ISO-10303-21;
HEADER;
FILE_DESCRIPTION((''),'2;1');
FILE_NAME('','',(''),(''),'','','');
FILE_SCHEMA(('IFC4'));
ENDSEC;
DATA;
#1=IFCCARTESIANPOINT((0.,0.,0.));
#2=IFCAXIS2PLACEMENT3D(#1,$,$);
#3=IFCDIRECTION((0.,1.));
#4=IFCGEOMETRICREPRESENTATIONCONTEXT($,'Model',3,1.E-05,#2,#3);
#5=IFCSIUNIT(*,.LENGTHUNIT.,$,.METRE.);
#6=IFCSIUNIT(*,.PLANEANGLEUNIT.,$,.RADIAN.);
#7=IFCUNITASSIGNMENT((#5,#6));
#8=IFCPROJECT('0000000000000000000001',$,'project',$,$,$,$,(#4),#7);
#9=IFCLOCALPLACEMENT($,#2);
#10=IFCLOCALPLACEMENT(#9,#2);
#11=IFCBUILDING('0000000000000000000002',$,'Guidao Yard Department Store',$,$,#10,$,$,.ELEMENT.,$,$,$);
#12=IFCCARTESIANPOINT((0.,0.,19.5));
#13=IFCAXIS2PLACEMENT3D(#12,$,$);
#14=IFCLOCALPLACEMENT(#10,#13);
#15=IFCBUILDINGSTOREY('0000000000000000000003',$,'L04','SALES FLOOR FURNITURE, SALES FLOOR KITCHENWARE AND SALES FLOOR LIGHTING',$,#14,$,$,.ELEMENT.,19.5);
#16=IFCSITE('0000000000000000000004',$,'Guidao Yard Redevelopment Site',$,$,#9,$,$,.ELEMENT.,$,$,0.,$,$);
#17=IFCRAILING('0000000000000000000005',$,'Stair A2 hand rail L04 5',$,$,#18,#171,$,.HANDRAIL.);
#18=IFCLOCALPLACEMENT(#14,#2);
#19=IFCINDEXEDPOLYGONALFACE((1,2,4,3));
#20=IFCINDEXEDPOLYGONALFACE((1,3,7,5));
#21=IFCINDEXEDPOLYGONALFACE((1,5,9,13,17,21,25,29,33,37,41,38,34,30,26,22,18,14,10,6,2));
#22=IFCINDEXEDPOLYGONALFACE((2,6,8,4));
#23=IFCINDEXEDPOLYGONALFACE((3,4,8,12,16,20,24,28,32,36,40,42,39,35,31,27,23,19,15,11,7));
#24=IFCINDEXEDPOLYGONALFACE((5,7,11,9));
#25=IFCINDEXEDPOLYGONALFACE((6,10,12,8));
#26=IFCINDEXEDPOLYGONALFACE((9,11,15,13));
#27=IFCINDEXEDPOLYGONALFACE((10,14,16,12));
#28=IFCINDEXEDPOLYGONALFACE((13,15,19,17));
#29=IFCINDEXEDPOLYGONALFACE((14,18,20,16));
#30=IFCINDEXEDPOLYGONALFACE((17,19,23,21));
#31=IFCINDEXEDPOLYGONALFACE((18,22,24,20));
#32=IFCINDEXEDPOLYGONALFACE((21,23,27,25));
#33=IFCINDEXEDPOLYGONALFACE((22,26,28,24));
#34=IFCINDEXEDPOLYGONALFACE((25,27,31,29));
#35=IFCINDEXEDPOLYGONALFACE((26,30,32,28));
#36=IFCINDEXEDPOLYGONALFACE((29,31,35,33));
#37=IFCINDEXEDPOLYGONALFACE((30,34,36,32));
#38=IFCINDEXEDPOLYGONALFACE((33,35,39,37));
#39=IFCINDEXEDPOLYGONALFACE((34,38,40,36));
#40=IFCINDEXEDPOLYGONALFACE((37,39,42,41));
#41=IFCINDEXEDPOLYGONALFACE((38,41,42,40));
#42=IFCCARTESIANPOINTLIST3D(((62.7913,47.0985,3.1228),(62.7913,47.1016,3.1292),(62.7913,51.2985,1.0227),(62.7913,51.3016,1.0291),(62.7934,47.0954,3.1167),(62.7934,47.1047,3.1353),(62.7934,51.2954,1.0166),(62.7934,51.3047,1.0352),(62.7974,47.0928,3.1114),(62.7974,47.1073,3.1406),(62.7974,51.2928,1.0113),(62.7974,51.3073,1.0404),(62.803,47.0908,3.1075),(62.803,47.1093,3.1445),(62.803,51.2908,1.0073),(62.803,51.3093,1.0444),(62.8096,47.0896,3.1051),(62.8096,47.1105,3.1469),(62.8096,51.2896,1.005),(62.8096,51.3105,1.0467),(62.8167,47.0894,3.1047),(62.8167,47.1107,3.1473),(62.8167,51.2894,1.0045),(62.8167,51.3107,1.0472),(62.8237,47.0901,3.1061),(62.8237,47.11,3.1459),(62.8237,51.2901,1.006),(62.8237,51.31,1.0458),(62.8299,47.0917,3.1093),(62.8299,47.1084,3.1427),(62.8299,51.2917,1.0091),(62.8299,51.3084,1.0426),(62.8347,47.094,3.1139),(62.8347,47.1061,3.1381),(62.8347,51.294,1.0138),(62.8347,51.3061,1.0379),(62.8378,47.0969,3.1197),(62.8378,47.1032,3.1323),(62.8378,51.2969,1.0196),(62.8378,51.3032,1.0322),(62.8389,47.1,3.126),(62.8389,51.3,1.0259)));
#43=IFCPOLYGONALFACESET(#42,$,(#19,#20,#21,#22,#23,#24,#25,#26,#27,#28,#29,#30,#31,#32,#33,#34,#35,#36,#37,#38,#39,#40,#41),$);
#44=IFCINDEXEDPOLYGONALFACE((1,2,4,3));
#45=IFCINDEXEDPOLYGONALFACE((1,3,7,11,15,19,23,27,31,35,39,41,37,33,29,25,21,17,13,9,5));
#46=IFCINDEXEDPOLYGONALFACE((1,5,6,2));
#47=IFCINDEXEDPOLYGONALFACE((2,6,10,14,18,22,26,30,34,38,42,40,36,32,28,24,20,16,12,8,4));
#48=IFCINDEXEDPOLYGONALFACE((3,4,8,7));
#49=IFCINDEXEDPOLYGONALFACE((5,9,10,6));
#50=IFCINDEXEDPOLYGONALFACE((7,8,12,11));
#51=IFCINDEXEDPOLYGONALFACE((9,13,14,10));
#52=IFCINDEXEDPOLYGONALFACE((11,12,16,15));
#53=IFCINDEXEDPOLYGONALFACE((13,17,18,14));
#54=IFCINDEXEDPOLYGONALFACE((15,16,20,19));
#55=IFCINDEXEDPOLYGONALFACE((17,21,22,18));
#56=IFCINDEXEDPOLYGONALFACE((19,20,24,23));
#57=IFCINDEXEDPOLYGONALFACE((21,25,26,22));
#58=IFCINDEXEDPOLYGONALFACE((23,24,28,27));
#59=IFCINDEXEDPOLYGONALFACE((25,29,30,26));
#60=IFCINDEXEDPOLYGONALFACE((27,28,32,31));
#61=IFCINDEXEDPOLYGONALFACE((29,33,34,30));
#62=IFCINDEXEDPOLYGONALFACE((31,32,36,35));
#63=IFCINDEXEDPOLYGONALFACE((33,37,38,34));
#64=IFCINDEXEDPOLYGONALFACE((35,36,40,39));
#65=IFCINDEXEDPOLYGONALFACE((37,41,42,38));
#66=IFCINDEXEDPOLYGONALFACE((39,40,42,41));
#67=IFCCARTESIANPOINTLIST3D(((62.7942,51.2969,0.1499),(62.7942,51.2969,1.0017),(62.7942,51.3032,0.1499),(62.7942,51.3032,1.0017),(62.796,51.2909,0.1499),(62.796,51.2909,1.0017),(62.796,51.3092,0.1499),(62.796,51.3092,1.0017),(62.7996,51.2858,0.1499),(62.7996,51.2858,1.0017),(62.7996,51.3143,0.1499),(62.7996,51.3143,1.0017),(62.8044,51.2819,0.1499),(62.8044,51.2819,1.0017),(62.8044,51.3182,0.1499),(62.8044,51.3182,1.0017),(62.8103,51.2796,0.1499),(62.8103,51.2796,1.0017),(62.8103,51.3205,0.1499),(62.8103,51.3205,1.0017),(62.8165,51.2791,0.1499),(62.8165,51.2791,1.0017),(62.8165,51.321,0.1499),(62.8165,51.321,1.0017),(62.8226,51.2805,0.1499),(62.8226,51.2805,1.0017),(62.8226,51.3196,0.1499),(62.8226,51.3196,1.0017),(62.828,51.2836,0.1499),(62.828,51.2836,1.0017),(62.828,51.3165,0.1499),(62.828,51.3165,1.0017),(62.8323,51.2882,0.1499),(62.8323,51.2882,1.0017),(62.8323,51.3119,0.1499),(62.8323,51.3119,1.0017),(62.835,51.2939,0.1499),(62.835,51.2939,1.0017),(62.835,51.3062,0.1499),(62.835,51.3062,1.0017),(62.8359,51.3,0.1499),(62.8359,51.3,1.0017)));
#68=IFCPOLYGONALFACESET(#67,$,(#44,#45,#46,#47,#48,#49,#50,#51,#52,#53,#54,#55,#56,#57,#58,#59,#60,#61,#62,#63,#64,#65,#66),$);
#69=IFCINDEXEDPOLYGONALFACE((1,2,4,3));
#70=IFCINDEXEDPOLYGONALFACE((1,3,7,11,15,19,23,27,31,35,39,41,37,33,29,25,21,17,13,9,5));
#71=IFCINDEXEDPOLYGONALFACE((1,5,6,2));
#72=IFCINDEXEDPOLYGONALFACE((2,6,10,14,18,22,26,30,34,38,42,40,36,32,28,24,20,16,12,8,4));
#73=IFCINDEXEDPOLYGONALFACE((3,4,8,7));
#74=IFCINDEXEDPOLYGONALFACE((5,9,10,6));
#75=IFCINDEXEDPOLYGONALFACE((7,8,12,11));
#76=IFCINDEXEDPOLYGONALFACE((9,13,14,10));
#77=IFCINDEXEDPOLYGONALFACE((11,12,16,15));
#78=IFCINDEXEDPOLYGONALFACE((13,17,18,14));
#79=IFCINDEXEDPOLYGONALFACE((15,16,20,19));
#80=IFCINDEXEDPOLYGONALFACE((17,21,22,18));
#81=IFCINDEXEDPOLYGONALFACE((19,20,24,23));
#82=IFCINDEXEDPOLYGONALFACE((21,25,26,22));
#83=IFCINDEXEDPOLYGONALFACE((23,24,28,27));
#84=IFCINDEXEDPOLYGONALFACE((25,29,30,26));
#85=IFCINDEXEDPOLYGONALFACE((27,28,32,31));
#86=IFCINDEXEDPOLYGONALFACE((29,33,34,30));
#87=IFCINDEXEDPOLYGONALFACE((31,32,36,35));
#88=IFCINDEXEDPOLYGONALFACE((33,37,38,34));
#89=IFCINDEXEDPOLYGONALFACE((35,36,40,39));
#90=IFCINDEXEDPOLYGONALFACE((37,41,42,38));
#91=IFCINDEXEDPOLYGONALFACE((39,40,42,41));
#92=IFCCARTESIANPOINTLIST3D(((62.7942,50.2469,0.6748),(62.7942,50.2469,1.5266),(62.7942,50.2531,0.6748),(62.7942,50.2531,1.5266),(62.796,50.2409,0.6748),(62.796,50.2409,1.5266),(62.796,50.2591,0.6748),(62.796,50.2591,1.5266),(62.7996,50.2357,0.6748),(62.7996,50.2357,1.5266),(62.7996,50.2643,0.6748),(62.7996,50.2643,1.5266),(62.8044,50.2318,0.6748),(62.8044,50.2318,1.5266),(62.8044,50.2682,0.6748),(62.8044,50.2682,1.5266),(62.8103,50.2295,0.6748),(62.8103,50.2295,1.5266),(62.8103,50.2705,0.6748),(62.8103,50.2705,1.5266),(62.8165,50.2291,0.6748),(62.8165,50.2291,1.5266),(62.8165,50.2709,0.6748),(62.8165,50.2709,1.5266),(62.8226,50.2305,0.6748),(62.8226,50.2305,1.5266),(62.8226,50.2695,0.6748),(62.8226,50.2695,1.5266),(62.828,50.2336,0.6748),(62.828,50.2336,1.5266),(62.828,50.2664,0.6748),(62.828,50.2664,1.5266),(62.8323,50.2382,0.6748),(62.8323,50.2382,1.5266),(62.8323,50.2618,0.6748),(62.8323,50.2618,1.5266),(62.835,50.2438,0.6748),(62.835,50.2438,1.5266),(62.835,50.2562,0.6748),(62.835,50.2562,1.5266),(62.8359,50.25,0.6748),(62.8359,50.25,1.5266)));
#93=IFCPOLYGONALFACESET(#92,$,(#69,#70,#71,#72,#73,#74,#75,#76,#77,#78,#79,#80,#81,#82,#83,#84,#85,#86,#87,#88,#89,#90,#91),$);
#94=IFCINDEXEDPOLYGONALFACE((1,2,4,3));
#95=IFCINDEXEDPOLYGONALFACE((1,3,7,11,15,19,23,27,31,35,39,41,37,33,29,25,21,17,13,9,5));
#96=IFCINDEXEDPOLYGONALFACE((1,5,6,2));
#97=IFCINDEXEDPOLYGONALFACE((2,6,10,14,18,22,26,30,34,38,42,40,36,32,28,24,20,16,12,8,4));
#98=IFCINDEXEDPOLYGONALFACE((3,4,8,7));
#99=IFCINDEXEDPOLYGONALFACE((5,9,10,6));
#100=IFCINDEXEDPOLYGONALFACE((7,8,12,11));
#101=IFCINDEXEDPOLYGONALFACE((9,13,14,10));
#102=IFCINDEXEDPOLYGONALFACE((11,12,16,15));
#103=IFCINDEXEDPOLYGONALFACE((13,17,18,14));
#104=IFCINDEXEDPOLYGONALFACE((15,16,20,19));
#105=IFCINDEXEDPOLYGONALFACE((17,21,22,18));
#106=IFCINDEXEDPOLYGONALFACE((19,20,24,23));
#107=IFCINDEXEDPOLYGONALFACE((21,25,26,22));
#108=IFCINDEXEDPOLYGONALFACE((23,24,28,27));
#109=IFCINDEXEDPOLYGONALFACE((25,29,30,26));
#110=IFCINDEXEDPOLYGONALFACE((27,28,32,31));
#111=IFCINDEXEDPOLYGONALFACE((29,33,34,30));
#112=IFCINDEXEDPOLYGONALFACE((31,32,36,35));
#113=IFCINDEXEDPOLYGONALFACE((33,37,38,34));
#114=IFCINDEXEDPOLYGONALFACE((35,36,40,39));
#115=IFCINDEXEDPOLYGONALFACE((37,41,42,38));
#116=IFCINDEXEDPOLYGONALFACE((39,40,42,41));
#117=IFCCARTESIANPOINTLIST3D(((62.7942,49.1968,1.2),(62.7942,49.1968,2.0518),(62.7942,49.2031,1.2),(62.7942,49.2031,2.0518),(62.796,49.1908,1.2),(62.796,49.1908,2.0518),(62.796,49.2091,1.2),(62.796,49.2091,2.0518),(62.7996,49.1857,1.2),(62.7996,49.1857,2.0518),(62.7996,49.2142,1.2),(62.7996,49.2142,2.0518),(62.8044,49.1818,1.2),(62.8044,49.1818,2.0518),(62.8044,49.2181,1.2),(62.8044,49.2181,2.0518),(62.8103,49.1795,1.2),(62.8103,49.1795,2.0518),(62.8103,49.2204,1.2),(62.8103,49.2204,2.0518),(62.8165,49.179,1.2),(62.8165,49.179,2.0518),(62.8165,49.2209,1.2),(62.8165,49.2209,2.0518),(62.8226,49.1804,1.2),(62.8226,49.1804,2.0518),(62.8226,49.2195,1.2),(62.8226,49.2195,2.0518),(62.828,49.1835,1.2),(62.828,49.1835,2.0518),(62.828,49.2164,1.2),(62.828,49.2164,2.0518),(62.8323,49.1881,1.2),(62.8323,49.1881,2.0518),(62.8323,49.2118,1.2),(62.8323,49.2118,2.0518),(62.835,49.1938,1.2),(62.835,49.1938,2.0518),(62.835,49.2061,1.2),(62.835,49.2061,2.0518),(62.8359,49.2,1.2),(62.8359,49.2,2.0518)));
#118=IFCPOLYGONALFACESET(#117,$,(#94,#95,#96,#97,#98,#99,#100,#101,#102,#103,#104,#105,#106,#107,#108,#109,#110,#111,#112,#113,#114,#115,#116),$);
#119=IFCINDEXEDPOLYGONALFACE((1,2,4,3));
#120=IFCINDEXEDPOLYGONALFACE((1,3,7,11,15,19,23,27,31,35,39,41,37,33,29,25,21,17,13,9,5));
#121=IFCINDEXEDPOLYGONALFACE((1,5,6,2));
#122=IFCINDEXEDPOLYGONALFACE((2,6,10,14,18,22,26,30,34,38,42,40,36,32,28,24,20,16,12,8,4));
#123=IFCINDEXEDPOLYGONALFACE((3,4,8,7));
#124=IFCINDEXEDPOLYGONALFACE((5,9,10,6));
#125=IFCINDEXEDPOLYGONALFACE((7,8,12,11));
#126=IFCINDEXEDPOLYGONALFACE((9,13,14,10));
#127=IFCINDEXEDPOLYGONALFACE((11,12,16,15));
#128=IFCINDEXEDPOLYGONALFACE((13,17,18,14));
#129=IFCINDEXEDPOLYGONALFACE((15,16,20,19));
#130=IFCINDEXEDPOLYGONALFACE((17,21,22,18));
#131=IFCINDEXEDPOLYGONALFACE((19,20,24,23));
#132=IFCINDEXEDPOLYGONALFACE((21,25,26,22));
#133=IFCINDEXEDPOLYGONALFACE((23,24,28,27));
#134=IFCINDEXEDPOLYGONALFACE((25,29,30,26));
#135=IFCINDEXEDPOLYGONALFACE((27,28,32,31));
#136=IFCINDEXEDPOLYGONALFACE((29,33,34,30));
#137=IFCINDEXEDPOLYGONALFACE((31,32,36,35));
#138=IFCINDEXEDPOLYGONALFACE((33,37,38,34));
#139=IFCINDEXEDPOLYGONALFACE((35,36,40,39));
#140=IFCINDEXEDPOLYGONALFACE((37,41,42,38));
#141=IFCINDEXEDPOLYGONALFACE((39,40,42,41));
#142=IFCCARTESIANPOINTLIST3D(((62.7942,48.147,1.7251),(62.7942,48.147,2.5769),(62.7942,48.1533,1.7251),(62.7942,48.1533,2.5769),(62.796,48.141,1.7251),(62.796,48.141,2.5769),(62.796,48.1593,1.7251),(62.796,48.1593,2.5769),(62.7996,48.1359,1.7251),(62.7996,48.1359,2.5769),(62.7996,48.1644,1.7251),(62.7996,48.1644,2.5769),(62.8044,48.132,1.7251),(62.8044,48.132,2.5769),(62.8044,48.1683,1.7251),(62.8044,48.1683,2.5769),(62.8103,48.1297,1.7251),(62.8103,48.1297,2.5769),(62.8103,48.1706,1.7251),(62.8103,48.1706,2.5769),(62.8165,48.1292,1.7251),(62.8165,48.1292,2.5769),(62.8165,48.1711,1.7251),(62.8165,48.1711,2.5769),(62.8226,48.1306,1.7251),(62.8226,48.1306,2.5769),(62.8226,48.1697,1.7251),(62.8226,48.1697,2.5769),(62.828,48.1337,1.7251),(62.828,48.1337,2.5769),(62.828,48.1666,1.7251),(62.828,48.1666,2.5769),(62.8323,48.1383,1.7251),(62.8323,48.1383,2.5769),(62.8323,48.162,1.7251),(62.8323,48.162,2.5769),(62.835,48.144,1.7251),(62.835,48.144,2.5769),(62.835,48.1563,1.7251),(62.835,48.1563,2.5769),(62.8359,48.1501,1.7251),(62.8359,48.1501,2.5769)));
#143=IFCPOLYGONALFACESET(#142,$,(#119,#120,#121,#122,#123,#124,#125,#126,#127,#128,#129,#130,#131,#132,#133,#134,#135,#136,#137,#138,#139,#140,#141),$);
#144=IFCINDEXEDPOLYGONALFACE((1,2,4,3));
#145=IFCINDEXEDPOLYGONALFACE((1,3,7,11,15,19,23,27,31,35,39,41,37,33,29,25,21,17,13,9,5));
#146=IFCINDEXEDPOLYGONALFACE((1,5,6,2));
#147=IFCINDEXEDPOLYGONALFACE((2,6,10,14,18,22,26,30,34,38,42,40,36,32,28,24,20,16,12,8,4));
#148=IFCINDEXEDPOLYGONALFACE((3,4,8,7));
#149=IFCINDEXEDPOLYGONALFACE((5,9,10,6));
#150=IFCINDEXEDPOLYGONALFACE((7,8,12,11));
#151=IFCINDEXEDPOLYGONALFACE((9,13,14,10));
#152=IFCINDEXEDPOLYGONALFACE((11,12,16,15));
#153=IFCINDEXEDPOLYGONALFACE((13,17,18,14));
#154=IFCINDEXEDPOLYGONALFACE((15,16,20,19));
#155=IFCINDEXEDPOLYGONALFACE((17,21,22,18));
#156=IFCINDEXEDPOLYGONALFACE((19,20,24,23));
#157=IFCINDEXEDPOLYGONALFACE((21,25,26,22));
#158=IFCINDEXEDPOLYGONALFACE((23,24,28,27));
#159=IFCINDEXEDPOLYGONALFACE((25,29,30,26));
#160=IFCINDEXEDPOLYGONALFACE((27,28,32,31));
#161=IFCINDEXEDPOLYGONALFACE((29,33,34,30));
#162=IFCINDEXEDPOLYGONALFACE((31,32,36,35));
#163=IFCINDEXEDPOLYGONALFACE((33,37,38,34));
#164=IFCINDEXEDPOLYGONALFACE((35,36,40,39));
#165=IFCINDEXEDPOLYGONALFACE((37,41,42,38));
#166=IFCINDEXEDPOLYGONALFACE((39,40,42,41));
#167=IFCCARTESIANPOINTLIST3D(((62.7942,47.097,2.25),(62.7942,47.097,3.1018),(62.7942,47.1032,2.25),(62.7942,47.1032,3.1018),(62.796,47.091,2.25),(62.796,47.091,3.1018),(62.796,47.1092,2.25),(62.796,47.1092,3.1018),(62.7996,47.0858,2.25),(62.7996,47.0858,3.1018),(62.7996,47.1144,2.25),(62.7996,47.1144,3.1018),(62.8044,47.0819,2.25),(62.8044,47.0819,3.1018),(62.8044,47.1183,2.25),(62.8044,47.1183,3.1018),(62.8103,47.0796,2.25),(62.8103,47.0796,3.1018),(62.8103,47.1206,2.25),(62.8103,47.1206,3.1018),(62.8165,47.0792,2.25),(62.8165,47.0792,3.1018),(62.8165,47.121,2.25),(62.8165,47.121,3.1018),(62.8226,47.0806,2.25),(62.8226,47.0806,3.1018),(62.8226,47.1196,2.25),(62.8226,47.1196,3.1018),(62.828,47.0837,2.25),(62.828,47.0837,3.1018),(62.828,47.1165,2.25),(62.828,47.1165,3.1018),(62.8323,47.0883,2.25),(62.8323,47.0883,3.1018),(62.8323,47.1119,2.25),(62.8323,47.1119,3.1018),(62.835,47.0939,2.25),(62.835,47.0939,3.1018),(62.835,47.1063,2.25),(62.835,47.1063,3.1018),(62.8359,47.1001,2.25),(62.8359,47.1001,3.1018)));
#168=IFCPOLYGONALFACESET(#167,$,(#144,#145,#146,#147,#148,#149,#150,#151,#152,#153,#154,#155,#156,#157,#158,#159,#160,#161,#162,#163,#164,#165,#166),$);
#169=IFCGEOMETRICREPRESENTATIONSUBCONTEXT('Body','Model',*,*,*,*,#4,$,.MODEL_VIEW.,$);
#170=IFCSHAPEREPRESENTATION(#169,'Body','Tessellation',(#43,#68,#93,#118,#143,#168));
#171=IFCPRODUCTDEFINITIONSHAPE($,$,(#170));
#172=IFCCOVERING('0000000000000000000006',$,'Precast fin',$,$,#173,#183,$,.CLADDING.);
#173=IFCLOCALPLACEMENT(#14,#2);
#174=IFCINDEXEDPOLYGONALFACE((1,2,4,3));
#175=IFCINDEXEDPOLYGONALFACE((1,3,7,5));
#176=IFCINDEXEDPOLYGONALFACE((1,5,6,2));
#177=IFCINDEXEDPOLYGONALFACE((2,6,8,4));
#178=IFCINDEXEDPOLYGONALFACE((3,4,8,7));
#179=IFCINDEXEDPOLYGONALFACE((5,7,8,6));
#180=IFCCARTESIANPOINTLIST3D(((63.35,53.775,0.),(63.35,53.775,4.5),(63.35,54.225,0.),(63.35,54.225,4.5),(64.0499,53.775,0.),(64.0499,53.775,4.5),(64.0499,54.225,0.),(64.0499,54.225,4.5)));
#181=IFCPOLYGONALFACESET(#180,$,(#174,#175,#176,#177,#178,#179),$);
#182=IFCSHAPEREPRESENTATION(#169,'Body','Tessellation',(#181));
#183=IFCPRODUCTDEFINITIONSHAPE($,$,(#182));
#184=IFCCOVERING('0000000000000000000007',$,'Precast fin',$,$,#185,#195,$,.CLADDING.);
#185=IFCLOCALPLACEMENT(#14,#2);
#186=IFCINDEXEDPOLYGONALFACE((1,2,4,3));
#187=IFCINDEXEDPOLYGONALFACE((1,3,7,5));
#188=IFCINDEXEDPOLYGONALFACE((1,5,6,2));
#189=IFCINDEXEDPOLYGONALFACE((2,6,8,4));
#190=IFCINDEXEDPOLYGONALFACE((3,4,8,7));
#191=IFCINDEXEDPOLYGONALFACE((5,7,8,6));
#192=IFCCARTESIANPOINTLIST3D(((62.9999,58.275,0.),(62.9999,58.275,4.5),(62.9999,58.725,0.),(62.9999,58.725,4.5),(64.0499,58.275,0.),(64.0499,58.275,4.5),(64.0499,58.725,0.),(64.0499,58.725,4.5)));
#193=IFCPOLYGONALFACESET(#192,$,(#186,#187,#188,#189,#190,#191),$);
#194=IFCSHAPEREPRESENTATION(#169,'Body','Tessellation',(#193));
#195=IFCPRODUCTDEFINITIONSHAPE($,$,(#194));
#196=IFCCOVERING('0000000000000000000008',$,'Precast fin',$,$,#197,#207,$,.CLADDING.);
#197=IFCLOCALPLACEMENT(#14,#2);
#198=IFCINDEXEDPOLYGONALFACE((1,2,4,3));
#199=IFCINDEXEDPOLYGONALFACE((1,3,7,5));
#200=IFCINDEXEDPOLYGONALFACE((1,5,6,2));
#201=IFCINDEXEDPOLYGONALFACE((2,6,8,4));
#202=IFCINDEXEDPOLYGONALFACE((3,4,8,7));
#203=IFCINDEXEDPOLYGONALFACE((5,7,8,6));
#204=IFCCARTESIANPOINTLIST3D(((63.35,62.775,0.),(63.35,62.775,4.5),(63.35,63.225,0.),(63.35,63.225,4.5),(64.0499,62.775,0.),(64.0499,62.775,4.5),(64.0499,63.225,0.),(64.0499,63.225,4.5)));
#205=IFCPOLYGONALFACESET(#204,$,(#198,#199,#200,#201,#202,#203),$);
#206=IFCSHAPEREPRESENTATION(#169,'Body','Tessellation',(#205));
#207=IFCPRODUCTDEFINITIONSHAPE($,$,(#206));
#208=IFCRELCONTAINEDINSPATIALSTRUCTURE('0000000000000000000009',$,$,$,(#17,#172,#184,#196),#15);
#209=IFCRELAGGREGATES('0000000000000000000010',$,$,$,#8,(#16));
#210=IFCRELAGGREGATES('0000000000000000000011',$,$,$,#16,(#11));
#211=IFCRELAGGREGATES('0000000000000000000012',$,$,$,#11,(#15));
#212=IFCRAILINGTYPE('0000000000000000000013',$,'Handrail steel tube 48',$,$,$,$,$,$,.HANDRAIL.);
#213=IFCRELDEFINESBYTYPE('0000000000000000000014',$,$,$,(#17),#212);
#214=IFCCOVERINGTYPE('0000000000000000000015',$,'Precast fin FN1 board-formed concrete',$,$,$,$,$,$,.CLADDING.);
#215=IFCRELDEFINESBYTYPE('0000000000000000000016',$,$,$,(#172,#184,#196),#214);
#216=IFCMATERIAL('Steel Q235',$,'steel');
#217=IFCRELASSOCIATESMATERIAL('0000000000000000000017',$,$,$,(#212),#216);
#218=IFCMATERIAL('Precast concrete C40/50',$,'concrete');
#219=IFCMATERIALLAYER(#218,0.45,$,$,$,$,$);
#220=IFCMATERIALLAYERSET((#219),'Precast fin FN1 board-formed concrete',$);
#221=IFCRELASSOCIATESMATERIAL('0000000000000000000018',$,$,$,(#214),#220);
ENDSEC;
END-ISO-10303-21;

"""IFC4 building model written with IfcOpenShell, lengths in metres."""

from ifc_helpers import new_model, si_unit, direction, frame, origin, origin_2d, place, context, subcontext, project, spatial, rectangle, circle, extrude, material, layer, layer_set, type_object, element, save


model = new_model("IFC4")

# Units and contexts
model_context = context("Model", 3, precision=1e-05, world=origin(), true_north=direction((0.0, 1.0)))
body_context = subcontext(model_context, "Body", "Model", "MODEL_VIEW")
ifc_project = project(units=[si_unit("LENGTHUNIT", "METRE"), si_unit("PLANEANGLEUNIT", "RADIAN")], contexts=[model_context])

# Site, building, storey
site_placement = place(None, origin())
site = spatial("IfcSite", under=ifc_project, at=site_placement, Name="Guidao Yard Redevelopment Site", CompositionType="ELEMENT", RefElevation=0.0)
building_placement = place(site_placement, origin())
building = spatial("IfcBuilding", under=site, at=building_placement, Name="Guidao Yard Department Store", CompositionType="ELEMENT")
storey_placement = place(building_placement, frame((0.0, 0.0, 19.5)))
storey = spatial("IfcBuildingStorey", under=building, at=storey_placement, Name="L04", Description="SALES FLOOR FURNITURE, SALES FLOOR KITCHENWARE AND SALES FLOOR LIGHTING", CompositionType="ELEMENT", Elevation=19.5)

# Railing
ifc_material_1 = material(Name="Steel Q235", Category="steel")
railing_type = type_object("IfcRailingType", Name="Handrail steel tube 48", PredefinedType="HANDRAIL", material=ifc_material_1)
railing_placement = place(storey_placement, frame((62.8149, 51.3, 0.1499)))
element("IfcRailing", 1, at=railing_placement, inside=storey, type_object=railing_type, Name="Stair A2 hand rail L04 5", PredefinedType="HANDRAIL", context=body_context, shape_type="SweptSolid", body=[
    extrude(circle(Radius=0.0239, at=origin_2d()), frame((0.0, 0.0, 0.876), z_axis=(0.0, -0.894417, 0.447234), x_axis=(1.0, 0.0, 0.0)), (0.0, 0.0, 1.0), 4.6958),
    extrude(circle(Radius=0.021, at=origin_2d()), origin(), (0.0, 0.0, 1.0), 0.8518),
    extrude(circle(Radius=0.021, at=origin_2d()), frame((0.0, -1.05, 0.5249)), (0.0, 0.0, 1.0), 0.8518),
    extrude(circle(Radius=0.021, at=origin_2d()), frame((0.0, -2.1001, 1.05)), (0.0, 0.0, 1.0), 0.8518),
    extrude(circle(Radius=0.021, at=origin_2d()), frame((0.0, -3.1499, 1.5752)), (0.0, 0.0, 1.0), 0.8518),
    extrude(circle(Radius=0.021, at=origin_2d()), frame((0.0, -4.2, 2.1001)), (0.0, 0.0, 1.0), 0.8518),
])

# Coverings
ifc_material_2 = material(Name="Precast concrete C40/50", Category="concrete")
ifc_layer_1 = layer(ifc_material_2, 0.45)
ifc_layer_set_1 = layer_set([ifc_layer_1], Name="Precast fin FN1 board-formed concrete")
covering_type = type_object("IfcCoveringType", Name="Precast fin FN1 board-formed concrete", PredefinedType="CLADDING", material=ifc_layer_set_1)
covering_1_placement = place(storey_placement, frame((63.7, 54.0, 0.0), z_axis=(0.0, 0.0, 1.0), x_axis=(0.0, -1.0, 0.0)))
element("IfcCovering", 2, at=covering_1_placement, inside=storey, type_object=covering_type, Name="Precast fin", PredefinedType="CLADDING", context=body_context, shape_type="SweptSolid", body=[
    extrude(rectangle(XDim=0.45, YDim=0.7, at=origin_2d()), origin(), (0.0, 0.0, 1.0), 4.5),
])
covering_2_placement = place(storey_placement, frame((63.5249, 58.5, 0.0), z_axis=(0.0, 0.0, 1.0), x_axis=(0.0, -1.0, 0.0)))
element("IfcCovering", 3, at=covering_2_placement, inside=storey, type_object=covering_type, Name="Precast fin", PredefinedType="CLADDING", context=body_context, shape_type="SweptSolid", body=[
    extrude(rectangle(XDim=0.45, YDim=1.05, at=origin_2d()), origin(), (0.0, 0.0, 1.0), 4.5),
])
covering_3_placement = place(storey_placement, frame((63.7, 63.0, 0.0), z_axis=(0.0, 0.0, 1.0), x_axis=(0.0, -1.0, 0.0)))
element("IfcCovering", 4, at=covering_3_placement, inside=storey, type_object=covering_type, Name="Precast fin", PredefinedType="CLADDING", context=body_context, shape_type="SweptSolid", body=[
    extrude(rectangle(XDim=0.45, YDim=0.7, at=origin_2d()), origin(), (0.0, 0.0, 1.0), 4.5),
])

save(model, "model.ifc")
